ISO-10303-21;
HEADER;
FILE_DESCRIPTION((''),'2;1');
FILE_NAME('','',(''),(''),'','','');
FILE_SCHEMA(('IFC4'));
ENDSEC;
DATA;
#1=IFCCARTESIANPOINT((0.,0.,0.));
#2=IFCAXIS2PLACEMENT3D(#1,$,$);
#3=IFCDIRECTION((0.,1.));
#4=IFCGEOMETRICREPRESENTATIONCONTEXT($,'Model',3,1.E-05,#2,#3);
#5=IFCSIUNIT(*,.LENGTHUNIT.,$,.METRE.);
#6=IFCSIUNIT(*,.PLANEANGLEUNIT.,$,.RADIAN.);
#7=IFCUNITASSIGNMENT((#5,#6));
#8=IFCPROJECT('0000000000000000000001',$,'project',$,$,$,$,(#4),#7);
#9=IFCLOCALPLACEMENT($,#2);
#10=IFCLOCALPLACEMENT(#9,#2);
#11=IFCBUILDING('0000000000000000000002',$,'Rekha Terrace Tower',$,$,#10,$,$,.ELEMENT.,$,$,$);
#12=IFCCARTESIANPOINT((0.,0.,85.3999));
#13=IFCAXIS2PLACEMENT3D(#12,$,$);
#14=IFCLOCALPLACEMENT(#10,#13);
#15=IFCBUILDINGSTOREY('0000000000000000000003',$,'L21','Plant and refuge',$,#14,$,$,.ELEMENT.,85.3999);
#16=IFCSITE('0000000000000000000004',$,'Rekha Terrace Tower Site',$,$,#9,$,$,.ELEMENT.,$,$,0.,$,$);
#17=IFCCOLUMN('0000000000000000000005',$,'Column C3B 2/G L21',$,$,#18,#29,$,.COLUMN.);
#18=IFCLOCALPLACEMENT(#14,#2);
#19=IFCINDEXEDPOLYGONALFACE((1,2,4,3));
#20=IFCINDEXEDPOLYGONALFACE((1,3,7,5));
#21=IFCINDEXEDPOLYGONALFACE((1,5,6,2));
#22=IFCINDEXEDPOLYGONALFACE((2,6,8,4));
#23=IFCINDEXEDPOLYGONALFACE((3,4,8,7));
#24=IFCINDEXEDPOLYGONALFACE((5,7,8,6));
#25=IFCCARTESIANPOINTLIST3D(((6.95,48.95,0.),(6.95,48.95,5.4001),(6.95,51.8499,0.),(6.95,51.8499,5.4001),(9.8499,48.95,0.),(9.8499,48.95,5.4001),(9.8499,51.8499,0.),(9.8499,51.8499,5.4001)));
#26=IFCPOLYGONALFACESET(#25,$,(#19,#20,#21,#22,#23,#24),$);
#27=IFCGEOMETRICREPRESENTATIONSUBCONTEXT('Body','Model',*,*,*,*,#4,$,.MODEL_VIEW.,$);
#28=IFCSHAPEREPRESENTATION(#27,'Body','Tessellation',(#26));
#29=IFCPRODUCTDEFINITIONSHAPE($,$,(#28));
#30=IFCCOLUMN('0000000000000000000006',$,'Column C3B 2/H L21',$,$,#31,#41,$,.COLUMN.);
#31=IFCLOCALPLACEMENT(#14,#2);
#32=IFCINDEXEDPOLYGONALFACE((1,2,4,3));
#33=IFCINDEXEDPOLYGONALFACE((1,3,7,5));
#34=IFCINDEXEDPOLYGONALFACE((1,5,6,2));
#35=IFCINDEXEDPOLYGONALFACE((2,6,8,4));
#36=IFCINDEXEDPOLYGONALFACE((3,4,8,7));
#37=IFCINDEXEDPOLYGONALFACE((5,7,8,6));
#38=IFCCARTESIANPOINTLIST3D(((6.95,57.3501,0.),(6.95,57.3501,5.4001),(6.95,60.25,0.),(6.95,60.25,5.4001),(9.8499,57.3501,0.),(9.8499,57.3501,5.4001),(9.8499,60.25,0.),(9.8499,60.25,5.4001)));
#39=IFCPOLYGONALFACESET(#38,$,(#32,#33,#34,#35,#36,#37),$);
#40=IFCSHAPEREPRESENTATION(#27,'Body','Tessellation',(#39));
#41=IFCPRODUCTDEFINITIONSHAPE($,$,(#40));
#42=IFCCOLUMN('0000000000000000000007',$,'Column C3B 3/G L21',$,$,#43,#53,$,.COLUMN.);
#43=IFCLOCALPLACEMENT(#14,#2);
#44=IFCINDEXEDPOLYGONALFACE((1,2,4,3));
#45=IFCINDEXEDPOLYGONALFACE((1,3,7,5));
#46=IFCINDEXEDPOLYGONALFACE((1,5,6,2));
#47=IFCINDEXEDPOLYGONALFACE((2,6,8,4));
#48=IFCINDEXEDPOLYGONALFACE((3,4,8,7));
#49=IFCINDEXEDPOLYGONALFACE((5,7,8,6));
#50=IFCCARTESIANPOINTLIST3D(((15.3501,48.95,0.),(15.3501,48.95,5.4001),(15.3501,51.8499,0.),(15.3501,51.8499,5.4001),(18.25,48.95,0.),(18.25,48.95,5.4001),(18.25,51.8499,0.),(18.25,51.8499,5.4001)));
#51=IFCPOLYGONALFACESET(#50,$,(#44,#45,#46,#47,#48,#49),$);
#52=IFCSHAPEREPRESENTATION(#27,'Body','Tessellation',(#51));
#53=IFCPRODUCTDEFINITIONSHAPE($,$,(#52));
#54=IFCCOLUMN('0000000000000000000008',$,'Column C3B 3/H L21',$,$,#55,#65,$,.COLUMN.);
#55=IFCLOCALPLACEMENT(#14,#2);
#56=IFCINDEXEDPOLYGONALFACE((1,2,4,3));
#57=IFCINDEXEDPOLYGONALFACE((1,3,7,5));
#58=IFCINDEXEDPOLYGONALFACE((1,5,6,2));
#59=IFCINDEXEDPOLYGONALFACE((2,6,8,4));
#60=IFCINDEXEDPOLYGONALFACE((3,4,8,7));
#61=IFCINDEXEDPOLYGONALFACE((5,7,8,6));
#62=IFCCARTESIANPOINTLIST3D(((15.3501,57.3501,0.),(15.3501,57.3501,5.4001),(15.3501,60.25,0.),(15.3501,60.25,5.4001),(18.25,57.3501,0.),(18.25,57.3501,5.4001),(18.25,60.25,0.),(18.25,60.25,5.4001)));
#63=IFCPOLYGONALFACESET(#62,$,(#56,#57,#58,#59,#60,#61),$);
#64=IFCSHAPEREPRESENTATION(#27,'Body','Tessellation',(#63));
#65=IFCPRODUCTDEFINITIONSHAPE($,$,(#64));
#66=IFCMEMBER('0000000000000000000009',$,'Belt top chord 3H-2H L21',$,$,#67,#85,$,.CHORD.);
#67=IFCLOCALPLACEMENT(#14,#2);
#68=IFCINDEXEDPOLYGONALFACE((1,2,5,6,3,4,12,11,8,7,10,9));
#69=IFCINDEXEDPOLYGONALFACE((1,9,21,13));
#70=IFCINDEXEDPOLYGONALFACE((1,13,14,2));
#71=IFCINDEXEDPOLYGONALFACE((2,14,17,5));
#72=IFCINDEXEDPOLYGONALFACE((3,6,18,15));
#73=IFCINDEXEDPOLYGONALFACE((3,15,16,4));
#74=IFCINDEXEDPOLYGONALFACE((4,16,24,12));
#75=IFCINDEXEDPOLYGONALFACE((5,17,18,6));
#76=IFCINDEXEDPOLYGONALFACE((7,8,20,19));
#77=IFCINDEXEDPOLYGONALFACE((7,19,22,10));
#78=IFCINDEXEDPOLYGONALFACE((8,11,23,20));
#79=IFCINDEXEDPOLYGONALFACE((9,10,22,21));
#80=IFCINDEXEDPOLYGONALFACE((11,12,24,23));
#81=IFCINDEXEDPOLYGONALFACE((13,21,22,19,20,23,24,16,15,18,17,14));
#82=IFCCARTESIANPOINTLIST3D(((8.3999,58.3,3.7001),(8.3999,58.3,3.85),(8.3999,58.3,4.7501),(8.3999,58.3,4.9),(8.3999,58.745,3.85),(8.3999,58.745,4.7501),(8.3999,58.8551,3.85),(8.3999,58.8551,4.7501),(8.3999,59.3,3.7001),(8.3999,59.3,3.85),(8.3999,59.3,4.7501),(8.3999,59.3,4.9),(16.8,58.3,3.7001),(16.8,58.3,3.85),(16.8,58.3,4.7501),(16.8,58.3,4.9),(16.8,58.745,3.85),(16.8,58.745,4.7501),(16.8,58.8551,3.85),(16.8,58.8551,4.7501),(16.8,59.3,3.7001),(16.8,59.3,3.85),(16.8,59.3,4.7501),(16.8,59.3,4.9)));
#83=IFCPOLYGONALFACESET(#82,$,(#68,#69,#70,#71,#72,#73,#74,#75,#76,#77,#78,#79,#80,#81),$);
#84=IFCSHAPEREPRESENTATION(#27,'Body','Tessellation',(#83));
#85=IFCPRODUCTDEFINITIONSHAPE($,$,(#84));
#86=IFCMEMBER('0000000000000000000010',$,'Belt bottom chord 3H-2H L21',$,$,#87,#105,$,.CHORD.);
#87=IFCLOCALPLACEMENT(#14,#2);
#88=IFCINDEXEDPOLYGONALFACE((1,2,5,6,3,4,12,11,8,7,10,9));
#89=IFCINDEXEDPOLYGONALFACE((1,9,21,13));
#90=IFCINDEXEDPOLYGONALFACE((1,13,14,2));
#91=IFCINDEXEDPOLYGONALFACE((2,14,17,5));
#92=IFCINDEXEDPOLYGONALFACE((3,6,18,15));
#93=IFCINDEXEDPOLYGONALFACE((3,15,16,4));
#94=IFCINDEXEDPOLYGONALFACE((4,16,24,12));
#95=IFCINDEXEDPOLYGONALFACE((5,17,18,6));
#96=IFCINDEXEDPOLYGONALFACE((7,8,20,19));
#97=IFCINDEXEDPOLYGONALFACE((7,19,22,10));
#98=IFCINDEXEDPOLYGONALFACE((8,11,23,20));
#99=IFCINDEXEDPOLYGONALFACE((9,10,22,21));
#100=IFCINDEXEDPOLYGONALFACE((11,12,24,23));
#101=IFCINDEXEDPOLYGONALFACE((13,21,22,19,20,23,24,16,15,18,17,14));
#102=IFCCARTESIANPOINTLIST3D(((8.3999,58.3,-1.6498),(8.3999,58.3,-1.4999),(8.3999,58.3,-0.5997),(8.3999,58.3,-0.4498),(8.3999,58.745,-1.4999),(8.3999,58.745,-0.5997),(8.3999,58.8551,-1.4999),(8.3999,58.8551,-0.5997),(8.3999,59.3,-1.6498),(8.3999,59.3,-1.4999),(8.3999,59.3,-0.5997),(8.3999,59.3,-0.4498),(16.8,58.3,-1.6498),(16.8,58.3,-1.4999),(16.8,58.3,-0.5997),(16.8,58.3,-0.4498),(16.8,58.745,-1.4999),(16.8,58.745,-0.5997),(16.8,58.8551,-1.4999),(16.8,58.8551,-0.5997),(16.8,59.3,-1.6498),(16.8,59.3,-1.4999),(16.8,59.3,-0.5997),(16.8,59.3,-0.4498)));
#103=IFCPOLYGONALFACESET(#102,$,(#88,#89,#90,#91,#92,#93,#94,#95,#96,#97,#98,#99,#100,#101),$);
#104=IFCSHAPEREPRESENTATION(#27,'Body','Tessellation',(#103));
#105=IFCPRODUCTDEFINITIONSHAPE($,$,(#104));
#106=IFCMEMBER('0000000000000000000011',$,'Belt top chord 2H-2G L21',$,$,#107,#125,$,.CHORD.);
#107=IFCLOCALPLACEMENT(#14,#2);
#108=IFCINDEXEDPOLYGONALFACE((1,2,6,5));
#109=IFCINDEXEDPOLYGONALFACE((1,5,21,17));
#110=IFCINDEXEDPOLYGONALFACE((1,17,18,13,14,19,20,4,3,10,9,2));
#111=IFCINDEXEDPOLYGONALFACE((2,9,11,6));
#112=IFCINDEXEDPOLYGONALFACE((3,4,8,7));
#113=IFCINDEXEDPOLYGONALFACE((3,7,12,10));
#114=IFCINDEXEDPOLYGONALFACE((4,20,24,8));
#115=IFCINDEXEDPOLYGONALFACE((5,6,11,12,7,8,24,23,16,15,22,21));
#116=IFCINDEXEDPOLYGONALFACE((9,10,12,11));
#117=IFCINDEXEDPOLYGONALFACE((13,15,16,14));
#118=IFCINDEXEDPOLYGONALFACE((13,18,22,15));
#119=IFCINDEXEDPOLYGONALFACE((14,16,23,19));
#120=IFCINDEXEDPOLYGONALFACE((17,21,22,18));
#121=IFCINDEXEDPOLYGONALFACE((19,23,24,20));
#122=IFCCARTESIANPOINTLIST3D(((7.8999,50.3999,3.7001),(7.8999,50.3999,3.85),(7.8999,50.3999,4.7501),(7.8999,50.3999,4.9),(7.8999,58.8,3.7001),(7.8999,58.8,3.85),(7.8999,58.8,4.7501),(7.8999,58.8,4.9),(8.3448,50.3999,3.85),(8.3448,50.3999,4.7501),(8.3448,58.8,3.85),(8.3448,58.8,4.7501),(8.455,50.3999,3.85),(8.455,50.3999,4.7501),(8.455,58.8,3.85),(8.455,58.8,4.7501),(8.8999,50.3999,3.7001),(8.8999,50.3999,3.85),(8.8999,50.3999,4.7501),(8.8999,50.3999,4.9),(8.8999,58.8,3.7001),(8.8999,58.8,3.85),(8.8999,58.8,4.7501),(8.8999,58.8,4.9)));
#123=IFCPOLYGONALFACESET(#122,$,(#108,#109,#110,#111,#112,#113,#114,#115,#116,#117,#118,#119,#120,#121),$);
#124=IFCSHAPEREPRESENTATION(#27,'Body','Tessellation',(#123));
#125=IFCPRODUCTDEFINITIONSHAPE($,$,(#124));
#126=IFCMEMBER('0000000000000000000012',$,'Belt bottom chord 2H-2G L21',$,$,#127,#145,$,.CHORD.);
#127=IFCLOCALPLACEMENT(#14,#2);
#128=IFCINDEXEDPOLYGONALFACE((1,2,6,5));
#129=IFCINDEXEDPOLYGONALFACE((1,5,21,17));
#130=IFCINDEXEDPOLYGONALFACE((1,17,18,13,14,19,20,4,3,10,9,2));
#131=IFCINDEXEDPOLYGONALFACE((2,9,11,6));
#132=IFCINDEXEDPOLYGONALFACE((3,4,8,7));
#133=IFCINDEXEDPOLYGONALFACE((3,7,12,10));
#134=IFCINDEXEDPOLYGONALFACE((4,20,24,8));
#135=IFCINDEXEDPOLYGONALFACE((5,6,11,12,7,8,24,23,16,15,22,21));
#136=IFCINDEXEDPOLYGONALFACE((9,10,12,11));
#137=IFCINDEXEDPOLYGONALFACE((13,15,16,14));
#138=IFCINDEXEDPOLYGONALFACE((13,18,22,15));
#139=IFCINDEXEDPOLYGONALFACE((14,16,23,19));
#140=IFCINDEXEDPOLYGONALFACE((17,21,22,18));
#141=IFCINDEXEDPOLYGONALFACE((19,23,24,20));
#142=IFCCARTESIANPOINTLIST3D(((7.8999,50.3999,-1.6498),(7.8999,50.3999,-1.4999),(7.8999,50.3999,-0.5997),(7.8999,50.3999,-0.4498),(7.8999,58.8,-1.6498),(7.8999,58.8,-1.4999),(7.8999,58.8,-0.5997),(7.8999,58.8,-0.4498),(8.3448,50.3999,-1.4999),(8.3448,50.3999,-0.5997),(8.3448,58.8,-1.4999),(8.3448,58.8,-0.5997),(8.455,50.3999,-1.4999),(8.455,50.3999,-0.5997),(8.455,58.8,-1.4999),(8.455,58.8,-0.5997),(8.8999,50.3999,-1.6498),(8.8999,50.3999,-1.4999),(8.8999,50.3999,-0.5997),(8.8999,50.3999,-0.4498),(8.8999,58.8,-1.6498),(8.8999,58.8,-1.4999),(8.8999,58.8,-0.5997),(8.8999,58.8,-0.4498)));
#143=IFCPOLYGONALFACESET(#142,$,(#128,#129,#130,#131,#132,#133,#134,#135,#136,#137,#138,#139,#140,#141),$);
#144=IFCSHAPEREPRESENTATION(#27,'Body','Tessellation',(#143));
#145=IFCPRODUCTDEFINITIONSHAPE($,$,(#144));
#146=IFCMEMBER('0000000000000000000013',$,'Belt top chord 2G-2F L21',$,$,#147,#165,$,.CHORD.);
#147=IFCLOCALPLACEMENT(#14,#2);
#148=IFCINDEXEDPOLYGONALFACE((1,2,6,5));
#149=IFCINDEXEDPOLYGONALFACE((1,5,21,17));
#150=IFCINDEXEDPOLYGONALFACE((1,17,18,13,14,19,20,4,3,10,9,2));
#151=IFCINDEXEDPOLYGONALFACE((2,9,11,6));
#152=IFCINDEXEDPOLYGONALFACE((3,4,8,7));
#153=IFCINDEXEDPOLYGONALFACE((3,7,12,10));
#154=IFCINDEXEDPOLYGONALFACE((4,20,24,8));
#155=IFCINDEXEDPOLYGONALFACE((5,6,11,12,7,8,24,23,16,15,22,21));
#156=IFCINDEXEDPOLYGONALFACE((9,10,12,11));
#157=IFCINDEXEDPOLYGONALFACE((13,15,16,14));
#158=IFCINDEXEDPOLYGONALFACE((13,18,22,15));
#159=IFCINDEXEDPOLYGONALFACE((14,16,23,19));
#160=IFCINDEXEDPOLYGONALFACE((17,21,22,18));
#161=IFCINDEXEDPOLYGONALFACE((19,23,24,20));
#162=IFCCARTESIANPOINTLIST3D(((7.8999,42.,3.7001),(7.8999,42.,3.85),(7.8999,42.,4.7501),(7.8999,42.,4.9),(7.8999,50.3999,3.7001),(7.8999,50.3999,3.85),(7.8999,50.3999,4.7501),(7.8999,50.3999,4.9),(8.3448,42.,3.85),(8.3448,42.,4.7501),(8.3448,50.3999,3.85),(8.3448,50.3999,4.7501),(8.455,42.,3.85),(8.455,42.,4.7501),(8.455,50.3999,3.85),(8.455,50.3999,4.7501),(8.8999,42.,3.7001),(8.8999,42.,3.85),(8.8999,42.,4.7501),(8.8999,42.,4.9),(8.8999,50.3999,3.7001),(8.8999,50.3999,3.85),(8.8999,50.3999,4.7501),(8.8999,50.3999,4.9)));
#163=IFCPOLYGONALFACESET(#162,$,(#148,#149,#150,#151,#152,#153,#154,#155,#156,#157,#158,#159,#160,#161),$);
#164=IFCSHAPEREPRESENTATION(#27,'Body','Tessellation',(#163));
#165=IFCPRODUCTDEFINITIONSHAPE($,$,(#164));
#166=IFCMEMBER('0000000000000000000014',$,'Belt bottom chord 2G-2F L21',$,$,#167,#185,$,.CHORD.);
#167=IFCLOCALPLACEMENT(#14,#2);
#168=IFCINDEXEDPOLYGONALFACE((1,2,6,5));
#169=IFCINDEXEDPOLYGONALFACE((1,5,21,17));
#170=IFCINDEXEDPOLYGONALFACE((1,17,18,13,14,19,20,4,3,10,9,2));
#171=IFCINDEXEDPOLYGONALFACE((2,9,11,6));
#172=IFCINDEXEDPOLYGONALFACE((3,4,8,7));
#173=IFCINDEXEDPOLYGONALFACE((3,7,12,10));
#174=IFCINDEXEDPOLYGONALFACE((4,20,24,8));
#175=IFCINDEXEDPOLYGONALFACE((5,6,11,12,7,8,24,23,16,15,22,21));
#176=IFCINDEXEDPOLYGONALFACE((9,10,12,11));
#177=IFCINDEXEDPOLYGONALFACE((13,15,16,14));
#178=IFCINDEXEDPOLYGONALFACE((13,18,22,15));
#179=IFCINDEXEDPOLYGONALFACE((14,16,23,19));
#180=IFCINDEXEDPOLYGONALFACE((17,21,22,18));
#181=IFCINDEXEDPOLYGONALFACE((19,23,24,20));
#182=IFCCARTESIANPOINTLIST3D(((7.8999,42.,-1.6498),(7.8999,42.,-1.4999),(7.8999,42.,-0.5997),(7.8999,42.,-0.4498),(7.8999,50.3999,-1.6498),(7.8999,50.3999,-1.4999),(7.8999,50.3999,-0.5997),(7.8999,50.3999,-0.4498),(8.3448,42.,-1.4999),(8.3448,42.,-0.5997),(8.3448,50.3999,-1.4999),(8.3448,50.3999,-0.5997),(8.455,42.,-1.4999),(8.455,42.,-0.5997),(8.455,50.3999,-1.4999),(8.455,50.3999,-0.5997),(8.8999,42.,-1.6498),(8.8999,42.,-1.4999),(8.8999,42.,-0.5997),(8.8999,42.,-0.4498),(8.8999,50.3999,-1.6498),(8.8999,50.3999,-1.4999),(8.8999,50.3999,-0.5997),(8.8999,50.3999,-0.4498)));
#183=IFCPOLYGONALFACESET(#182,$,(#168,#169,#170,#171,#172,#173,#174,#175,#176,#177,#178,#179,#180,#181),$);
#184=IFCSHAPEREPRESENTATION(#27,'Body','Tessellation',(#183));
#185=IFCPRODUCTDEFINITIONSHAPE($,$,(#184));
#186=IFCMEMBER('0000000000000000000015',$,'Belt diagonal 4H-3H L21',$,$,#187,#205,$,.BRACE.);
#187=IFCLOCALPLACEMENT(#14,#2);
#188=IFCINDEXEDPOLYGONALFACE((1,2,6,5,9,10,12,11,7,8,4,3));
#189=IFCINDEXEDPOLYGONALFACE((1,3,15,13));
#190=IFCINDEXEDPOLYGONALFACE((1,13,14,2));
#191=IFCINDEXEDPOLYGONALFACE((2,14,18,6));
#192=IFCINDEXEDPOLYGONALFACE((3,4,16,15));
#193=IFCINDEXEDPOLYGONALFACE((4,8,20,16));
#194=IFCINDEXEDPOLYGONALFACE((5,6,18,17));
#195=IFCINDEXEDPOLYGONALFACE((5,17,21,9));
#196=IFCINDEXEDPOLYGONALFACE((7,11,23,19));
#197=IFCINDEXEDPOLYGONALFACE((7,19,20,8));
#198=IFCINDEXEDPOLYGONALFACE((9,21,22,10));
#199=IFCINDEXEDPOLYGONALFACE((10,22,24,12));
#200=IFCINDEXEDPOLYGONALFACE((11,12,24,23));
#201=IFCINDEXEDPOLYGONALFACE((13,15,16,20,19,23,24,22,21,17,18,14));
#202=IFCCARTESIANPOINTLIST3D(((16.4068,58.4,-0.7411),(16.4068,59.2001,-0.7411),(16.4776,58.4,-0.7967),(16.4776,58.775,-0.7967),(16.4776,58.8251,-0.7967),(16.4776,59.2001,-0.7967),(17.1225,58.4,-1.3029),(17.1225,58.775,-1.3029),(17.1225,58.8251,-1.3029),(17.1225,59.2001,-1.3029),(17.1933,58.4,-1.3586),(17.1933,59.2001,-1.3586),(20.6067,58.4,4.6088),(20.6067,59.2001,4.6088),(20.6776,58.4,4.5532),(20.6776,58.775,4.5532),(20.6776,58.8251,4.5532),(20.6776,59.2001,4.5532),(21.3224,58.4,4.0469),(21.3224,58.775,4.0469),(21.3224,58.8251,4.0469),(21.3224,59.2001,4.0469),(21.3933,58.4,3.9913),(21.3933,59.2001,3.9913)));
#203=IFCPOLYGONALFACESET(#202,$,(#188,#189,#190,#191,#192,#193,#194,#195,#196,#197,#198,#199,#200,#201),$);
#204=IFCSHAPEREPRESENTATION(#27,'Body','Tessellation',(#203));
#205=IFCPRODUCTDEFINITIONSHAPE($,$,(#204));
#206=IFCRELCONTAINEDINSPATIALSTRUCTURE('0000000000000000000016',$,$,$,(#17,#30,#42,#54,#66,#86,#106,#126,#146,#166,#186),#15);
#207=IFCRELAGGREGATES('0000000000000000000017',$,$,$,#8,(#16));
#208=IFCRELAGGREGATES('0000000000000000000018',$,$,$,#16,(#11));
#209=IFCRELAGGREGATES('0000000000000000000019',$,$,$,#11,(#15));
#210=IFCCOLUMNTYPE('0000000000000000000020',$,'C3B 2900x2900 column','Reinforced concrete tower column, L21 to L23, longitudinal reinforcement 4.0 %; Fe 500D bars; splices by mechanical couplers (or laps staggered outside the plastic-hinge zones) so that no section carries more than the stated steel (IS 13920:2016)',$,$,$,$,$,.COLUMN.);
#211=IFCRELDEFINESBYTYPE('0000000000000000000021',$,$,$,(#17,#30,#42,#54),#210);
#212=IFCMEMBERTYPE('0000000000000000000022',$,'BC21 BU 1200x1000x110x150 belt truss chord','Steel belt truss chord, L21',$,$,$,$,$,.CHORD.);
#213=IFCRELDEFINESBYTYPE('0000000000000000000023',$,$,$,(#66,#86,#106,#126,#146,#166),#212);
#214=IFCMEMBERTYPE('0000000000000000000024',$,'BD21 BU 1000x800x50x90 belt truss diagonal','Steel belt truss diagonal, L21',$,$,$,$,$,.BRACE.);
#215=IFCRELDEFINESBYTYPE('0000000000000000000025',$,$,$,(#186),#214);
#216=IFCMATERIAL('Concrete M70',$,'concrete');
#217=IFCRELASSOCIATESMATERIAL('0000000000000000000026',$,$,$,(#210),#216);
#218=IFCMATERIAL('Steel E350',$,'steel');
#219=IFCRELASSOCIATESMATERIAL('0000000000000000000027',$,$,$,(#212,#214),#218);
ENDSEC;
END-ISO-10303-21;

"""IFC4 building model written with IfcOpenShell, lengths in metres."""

from ifc_helpers import new_model, si_unit, direction, frame, origin, origin_2d, place, context, subcontext, project, spatial, rectangle, i_section, extrude, material, material_profile, profile_set, type_object, element, save


model = new_model("IFC4")

# Units and contexts
model_context = context("Model", 3, precision=1e-05, world=origin(), true_north=direction((0.0, 1.0)))
body_context = subcontext(model_context, "Body", "Model", "MODEL_VIEW")
ifc_project = project(units=[si_unit("LENGTHUNIT", "METRE"), si_unit("PLANEANGLEUNIT", "RADIAN")], contexts=[model_context])

# Site, building, storey
site_placement = place(None, origin())
site = spatial("IfcSite", under=ifc_project, at=site_placement, Name="Rekha Terrace Tower Site", CompositionType="ELEMENT", RefElevation=0.0)
building_placement = place(site_placement, origin())
building = spatial("IfcBuilding", under=site, at=building_placement, Name="Rekha Terrace Tower", CompositionType="ELEMENT")
storey_placement = place(building_placement, frame((0.0, 0.0, 85.3999)))
storey = spatial("IfcBuildingStorey", under=building, at=storey_placement, Name="L21", Description="Plant and refuge", CompositionType="ELEMENT", Elevation=85.3999)

# Columns
ifc_material_1 = material(Name="Concrete M70", Category="concrete")
ifc_material_profile_1 = material_profile(ifc_material_1, rectangle(XDim=2.8999, YDim=2.8999, at=origin_2d()), Name="RC 2900x2900")
ifc_profile_set_1 = profile_set([ifc_material_profile_1], Name="Concrete M70")
column_type = type_object("IfcColumnType", Name="C3B 2900x2900 column", Description="Reinforced concrete tower column, L21 to L23, longitudinal reinforcement 4.0 %; Fe 500D bars; splices by mechanical couplers (or laps staggered outside the plastic-hinge zones) so that no section carries more than the stated steel (IS 13920:2016)", PredefinedType="COLUMN", material=ifc_profile_set_1)
for number, where, z_axis, x_axis, name in (
    (1, (8.3999, 50.3999, 0.0), (0.0, 0.0, 1.0), (1.0, 0.0, 0.0), "Column C3B 2/G L21"),
    (2, (8.3999, 58.8, 0.0), (0.0, 0.0, 1.0), (1.0, 0.0, 0.0), "Column C3B 2/H L21"),
    (3, (16.8, 50.3999, 0.0), (0.0, 0.0, 1.0), (1.0, 0.0, 0.0), "Column C3B 3/G L21"),
    (4, (16.8, 58.8, 0.0), (0.0, 0.0, 1.0), (1.0, 0.0, 0.0), "Column C3B 3/H L21"),
):
    element("IfcColumn", number, at=place(storey_placement, frame(where, z_axis=z_axis, x_axis=x_axis)), inside=storey, type_object=column_type, Name=name, PredefinedType="COLUMN", context=body_context, shape_type="SweptSolid", body=[
        extrude(rectangle(XDim=2.8999, YDim=2.8999, at=origin_2d()), origin(), (0.0, 0.0, 1.0), 5.4001),
    ])

# Members
ifc_material_2 = material(Name="Steel E350", Category="steel")
ifc_material_profile_2 = material_profile(ifc_material_2, i_section(OverallWidth=1.0, OverallDepth=1.2, WebThickness=0.1101, FlangeThickness=0.1499, at=origin_2d()), Name="BU 1200x1000x110x150")
ifc_profile_set_2 = profile_set([ifc_material_profile_2], Name="Steel E350")
member_type_1 = type_object("IfcMemberType", Name="BC21 BU 1200x1000x110x150 belt truss chord", Description="Steel belt truss chord, L21", PredefinedType="CHORD", material=ifc_profile_set_2)
for number, where, z_axis, x_axis, name in (
    (5, (16.8, 58.8, 4.3), (-1.0, 0.0, 0.0), (0.0, -1.0, 0.0), "Belt top chord 3H-2H L21"),
    (6, (16.8, 58.8, -1.0498), (-1.0, 0.0, 0.0), (0.0, -1.0, 0.0), "Belt bottom chord 3H-2H L21"),
    (7, (8.3999, 58.8, 4.3), (0.0, -1.0, 0.0), (1.0, 0.0, 0.0), "Belt top chord 2H-2G L21"),
    (8, (8.3999, 58.8, -1.0498), (0.0, -1.0, 0.0), (1.0, 0.0, 0.0), "Belt bottom chord 2H-2G L21"),
):
    element("IfcMember", number, at=place(storey_placement, frame(where, z_axis=z_axis, x_axis=x_axis)), inside=storey, type_object=member_type_1, Name=name, PredefinedType="CHORD", context=body_context, shape_type="SweptSolid", body=[
        extrude(i_section(OverallWidth=1.0, OverallDepth=1.2, WebThickness=0.1101, FlangeThickness=0.1499, at=origin_2d()), origin(), (0.0, 0.0, 1.0), 8.4001),
    ])
for number, where, z_axis, x_axis, name in (
    (9, (8.3999, 50.3999, 4.3), (0.0, -1.0, 0.0), (1.0, 0.0, 0.0), "Belt top chord 2G-2F L21"),
    (10, (8.3999, 50.3999, -1.0498), (0.0, -1.0, 0.0), (1.0, 0.0, 0.0), "Belt bottom chord 2G-2F L21"),
):
    element("IfcMember", number, at=place(storey_placement, frame(where, z_axis=z_axis, x_axis=x_axis)), inside=storey, type_object=member_type_1, Name=name, PredefinedType="CHORD", context=body_context, shape_type="SweptSolid", body=[
        extrude(i_section(OverallWidth=1.0, OverallDepth=1.2, WebThickness=0.1101, FlangeThickness=0.1499, at=origin_2d()), origin(), (0.0, 0.0, 1.0), 8.3999),
    ])
ifc_material_profile_3 = material_profile(ifc_material_2, i_section(OverallWidth=0.8, OverallDepth=1.0, WebThickness=0.05, FlangeThickness=0.0901, at=origin_2d()), Name="BU 1000x800x50x90")
ifc_profile_set_3 = profile_set([ifc_material_profile_3], Name="Steel E350")
member_type_2 = type_object("IfcMemberType", Name="BD21 BU 1000x800x50x90 belt truss diagonal", Description="Steel belt truss diagonal, L21", PredefinedType="BRACE", material=ifc_profile_set_3)
for number, where, z_axis, x_axis, name in (
    (11, (16.8, 58.8, -1.0498), (0.617503, 0.0, 0.786569), (0.0, 1.0, 0.0), "Belt diagonal 4H-3H L21"),
):
    element("IfcMember", number, at=place(storey_placement, frame(where, z_axis=z_axis, x_axis=x_axis)), inside=storey, type_object=member_type_2, Name=name, PredefinedType="BRACE", context=body_context, shape_type="SweptSolid", body=[
        extrude(i_section(OverallWidth=0.8, OverallDepth=1.0, WebThickness=0.05, FlangeThickness=0.0901, at=origin_2d()), origin(), (0.0, 0.0, 1.0), 6.8015),
    ])

save(model, "model.ifc")
